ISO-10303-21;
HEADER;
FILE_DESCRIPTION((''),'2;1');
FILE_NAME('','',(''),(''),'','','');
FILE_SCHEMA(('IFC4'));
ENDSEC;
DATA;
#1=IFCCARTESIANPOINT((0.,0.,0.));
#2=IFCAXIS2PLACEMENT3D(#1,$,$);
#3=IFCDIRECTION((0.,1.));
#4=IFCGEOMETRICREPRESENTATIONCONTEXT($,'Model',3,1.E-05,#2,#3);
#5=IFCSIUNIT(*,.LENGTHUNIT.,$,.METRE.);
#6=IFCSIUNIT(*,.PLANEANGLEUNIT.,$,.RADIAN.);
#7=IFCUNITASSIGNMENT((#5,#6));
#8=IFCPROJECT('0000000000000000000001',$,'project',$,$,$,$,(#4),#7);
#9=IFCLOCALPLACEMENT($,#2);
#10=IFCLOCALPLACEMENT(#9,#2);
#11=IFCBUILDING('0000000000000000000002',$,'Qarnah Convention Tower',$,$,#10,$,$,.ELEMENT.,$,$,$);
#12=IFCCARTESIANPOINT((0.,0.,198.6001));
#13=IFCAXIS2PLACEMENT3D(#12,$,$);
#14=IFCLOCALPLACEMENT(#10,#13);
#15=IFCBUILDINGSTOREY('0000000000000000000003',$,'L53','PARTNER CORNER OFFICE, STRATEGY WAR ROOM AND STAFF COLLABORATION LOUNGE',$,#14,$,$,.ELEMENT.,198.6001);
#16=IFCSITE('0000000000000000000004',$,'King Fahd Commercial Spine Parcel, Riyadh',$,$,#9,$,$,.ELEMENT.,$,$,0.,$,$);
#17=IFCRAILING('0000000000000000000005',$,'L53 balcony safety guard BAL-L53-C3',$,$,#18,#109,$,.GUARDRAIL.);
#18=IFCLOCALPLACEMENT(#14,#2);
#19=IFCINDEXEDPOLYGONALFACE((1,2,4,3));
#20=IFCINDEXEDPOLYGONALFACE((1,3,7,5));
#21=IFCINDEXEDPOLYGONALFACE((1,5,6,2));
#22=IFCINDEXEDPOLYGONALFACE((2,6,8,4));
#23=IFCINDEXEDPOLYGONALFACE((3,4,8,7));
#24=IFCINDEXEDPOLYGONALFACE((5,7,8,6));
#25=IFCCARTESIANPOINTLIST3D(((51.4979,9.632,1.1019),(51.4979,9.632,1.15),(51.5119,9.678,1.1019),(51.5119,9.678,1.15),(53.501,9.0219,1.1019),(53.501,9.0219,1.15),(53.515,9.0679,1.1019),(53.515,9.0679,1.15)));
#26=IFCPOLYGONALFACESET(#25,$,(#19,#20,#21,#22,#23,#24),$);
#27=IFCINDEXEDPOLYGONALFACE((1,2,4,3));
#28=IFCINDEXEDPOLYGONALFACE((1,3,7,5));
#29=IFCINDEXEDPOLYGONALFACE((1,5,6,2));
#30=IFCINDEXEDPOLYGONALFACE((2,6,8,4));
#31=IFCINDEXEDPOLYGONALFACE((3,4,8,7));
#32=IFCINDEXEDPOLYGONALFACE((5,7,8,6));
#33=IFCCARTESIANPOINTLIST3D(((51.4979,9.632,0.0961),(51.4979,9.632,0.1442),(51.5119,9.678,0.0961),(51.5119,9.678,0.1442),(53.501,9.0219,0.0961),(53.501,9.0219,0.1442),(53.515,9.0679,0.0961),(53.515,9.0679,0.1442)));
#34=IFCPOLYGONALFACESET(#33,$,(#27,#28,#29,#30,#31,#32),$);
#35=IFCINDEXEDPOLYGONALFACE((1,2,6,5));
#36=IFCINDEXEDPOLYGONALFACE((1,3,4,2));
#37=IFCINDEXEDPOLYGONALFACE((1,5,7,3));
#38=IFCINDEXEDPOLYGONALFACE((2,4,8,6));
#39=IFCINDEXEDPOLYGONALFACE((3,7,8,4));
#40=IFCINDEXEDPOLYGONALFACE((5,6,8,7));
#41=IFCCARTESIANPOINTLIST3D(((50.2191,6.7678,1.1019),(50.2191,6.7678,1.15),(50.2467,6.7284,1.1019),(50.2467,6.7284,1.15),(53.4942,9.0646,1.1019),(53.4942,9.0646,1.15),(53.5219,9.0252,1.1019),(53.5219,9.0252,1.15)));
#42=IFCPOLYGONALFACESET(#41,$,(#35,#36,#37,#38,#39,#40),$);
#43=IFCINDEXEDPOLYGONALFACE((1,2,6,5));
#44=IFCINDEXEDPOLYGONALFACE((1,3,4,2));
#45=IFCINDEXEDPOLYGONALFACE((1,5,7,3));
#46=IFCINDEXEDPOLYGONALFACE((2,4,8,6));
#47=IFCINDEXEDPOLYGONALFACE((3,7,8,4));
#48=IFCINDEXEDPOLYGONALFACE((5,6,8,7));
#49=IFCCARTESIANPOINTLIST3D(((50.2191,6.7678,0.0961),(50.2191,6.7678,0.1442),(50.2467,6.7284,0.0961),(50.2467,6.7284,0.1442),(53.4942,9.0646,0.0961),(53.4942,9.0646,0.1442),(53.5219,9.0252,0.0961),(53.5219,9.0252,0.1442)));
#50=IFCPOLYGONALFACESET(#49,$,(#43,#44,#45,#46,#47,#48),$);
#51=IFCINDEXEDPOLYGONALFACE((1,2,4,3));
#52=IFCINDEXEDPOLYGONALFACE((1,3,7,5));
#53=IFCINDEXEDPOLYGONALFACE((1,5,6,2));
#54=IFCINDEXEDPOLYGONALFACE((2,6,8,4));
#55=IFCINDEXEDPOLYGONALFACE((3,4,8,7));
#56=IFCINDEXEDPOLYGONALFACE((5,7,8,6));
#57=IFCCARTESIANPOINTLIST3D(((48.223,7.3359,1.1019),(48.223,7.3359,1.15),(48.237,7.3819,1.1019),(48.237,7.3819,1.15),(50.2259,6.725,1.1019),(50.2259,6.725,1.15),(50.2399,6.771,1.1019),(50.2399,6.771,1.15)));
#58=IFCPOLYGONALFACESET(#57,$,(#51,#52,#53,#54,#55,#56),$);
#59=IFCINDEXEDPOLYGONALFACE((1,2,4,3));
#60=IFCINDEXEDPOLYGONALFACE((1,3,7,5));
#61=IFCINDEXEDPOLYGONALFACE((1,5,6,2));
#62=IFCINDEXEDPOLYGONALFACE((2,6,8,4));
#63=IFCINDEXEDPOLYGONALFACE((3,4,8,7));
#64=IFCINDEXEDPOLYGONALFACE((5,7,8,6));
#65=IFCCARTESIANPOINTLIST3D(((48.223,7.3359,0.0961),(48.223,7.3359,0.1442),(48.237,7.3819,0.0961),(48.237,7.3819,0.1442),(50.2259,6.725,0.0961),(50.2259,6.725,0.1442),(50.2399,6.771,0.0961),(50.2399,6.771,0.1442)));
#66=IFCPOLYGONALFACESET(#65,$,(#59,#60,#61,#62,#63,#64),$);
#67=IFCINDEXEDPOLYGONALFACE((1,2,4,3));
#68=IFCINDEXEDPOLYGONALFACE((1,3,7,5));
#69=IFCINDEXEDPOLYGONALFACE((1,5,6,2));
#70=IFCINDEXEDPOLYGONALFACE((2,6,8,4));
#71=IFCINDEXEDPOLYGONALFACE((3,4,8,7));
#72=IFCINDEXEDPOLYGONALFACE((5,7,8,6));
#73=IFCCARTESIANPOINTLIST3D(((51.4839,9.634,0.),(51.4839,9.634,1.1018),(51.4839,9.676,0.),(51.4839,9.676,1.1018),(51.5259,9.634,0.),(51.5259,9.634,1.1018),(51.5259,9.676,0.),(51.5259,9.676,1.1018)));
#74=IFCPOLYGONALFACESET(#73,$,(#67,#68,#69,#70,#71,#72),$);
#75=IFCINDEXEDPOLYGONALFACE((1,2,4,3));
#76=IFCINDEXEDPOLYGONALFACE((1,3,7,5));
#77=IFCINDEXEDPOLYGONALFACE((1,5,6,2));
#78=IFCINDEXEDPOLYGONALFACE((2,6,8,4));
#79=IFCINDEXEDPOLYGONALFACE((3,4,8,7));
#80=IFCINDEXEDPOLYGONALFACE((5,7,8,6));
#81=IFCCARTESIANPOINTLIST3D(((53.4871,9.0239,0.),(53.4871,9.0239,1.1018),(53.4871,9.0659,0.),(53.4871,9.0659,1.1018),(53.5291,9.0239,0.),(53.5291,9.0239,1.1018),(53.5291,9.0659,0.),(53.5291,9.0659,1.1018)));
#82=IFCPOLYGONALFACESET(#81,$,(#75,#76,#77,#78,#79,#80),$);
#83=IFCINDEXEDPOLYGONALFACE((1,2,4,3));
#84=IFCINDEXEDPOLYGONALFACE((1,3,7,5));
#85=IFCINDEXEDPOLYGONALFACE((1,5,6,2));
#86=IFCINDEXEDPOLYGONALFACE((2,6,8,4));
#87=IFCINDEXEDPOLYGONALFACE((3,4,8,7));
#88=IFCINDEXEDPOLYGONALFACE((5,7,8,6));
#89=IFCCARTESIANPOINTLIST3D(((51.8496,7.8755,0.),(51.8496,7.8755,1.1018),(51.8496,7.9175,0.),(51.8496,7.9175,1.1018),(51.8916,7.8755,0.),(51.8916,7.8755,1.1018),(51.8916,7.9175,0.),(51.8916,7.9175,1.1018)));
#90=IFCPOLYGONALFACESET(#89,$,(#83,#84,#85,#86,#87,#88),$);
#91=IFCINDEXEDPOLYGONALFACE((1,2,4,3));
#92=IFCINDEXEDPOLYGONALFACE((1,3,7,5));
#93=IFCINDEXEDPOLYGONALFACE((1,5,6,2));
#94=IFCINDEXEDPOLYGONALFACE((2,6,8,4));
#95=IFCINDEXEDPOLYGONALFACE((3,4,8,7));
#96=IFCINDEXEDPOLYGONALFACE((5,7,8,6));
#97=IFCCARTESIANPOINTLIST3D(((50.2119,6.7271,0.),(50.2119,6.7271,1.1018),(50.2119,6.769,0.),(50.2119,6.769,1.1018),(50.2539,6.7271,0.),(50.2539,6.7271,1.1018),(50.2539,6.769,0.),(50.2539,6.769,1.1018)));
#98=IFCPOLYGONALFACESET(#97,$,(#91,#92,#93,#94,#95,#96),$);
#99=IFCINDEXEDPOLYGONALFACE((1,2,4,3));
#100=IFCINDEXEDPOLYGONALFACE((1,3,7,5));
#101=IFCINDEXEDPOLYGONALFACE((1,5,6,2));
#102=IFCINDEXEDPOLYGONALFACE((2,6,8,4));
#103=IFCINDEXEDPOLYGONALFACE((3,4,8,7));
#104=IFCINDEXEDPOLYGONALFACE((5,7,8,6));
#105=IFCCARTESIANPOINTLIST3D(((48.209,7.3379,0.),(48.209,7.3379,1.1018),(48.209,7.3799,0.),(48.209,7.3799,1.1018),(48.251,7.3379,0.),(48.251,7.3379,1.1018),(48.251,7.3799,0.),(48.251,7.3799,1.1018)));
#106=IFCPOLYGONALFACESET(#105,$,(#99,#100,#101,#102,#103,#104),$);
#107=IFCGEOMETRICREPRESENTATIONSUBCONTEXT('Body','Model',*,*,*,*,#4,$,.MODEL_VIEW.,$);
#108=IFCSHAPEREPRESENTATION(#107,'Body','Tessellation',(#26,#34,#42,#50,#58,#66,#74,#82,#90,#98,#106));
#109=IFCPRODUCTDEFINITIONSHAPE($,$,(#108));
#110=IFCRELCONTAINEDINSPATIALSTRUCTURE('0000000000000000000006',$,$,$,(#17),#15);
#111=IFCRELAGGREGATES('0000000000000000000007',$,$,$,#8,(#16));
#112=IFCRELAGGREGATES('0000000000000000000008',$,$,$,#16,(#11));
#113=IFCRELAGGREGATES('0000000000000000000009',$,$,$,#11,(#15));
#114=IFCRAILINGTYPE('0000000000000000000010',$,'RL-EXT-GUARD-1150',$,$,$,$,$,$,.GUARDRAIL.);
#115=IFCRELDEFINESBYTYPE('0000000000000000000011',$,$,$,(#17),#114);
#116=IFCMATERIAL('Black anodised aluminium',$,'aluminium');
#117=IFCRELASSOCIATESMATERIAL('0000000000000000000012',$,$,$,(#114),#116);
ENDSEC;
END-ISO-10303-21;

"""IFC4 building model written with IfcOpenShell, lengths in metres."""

from ifc_helpers import new_model, si_unit, direction, frame, origin, origin_2d, place, context, subcontext, project, spatial, rectangle, extrude, material, type_object, element, save


model = new_model("IFC4")

# Units and contexts
model_context = context("Model", 3, precision=1e-05, world=origin(), true_north=direction((0.0, 1.0)))
body_context = subcontext(model_context, "Body", "Model", "MODEL_VIEW")
ifc_project = project(units=[si_unit("LENGTHUNIT", "METRE"), si_unit("PLANEANGLEUNIT", "RADIAN")], contexts=[model_context])

# Site, building, storey
site_placement = place(None, origin())
site = spatial("IfcSite", under=ifc_project, at=site_placement, Name="King Fahd Commercial Spine Parcel, Riyadh", CompositionType="ELEMENT", RefElevation=0.0)
building_placement = place(site_placement, origin())
building = spatial("IfcBuilding", under=site, at=building_placement, Name="Qarnah Convention Tower", CompositionType="ELEMENT")
storey_placement = place(building_placement, frame((0.0, 0.0, 198.6001)))
storey = spatial("IfcBuildingStorey", under=building, at=storey_placement, Name="L53", Description="PARTNER CORNER OFFICE, STRATEGY WAR ROOM AND STAFF COLLABORATION LOUNGE", CompositionType="ELEMENT", Elevation=198.6001)

# Shared definitions
ifc_material_1 = material(Name="Black anodised aluminium", Category="aluminium")

# Railing
railing_type = type_object("IfcRailingType", Name="RL-EXT-GUARD-1150", PredefinedType="GUARDRAIL", material=ifc_material_1)
railing_1_placement = place(storey_placement, frame((51.5049, 9.655, 0.0)))
element("IfcRailing", 1, at=railing_1_placement, inside=storey, type_object=railing_type, Name="L53 balcony safety guard BAL-L53-C3", PredefinedType="GUARDRAIL", context=body_context, shape_type="SweptSolid", body=[
    extrude(rectangle(XDim=0.0481, YDim=0.0481, at=origin_2d()), frame((0.0, 0.0, 1.126), z_axis=(0.956615, -0.291356, 0.0), x_axis=(0.291356, 0.956615, 0.0)), (0.0, 0.0, 1.0), 2.094),
    extrude(rectangle(XDim=0.0481, YDim=0.0481, at=origin_2d()), frame((0.0, 0.0, 0.1201), z_axis=(0.956615, -0.291356, 0.0), x_axis=(0.291356, 0.956615, 0.0)), (0.0, 0.0, 1.0), 2.094),
    extrude(rectangle(XDim=0.0481, YDim=0.0481, at=origin_2d()), frame((2.0032, -0.6101, 1.126), z_axis=(-0.81873, -0.574179, 0.0), x_axis=(0.574179, -0.81873, 0.0)), (0.0, 0.0, 1.0), 4.0002),
    extrude(rectangle(XDim=0.0481, YDim=0.0481, at=origin_2d()), frame((2.0032, -0.6101, 0.1201), z_axis=(-0.81873, -0.574179, 0.0), x_axis=(0.574179, -0.81873, 0.0)), (0.0, 0.0, 1.0), 4.0002),
    extrude(rectangle(XDim=0.0481, YDim=0.0481, at=origin_2d()), frame((-1.272, -2.907, 1.126), z_axis=(-0.956507, 0.291709, 0.0), x_axis=(-0.291709, -0.956507, 0.0)), (0.0, 0.0, 1.0), 2.094),
    extrude(rectangle(XDim=0.0481, YDim=0.0481, at=origin_2d()), frame((-1.272, -2.907, 0.1201), z_axis=(-0.956507, 0.291709, 0.0), x_axis=(-0.291709, -0.956507, 0.0)), (0.0, 0.0, 1.0), 2.094),
    extrude(rectangle(XDim=0.042, YDim=0.042, at=origin_2d()), origin(), (0.0, 0.0, 1.0), 1.1018),
    extrude(rectangle(XDim=0.042, YDim=0.042, at=origin_2d()), frame((2.0032, -0.6101, 0.0)), (0.0, 0.0, 1.0), 1.1018),
    extrude(rectangle(XDim=0.042, YDim=0.042, at=origin_2d()), frame((0.3657, -1.7585, 0.0)), (0.0, 0.0, 1.0), 1.1018),
    extrude(rectangle(XDim=0.042, YDim=0.042, at=origin_2d()), frame((-1.272, -2.907, 0.0)), (0.0, 0.0, 1.0), 1.1018),
    extrude(rectangle(XDim=0.042, YDim=0.042, at=origin_2d()), frame((-3.2749, -2.2961, 0.0)), (0.0, 0.0, 1.0), 1.1018),
])

save(model, "model.ifc")
